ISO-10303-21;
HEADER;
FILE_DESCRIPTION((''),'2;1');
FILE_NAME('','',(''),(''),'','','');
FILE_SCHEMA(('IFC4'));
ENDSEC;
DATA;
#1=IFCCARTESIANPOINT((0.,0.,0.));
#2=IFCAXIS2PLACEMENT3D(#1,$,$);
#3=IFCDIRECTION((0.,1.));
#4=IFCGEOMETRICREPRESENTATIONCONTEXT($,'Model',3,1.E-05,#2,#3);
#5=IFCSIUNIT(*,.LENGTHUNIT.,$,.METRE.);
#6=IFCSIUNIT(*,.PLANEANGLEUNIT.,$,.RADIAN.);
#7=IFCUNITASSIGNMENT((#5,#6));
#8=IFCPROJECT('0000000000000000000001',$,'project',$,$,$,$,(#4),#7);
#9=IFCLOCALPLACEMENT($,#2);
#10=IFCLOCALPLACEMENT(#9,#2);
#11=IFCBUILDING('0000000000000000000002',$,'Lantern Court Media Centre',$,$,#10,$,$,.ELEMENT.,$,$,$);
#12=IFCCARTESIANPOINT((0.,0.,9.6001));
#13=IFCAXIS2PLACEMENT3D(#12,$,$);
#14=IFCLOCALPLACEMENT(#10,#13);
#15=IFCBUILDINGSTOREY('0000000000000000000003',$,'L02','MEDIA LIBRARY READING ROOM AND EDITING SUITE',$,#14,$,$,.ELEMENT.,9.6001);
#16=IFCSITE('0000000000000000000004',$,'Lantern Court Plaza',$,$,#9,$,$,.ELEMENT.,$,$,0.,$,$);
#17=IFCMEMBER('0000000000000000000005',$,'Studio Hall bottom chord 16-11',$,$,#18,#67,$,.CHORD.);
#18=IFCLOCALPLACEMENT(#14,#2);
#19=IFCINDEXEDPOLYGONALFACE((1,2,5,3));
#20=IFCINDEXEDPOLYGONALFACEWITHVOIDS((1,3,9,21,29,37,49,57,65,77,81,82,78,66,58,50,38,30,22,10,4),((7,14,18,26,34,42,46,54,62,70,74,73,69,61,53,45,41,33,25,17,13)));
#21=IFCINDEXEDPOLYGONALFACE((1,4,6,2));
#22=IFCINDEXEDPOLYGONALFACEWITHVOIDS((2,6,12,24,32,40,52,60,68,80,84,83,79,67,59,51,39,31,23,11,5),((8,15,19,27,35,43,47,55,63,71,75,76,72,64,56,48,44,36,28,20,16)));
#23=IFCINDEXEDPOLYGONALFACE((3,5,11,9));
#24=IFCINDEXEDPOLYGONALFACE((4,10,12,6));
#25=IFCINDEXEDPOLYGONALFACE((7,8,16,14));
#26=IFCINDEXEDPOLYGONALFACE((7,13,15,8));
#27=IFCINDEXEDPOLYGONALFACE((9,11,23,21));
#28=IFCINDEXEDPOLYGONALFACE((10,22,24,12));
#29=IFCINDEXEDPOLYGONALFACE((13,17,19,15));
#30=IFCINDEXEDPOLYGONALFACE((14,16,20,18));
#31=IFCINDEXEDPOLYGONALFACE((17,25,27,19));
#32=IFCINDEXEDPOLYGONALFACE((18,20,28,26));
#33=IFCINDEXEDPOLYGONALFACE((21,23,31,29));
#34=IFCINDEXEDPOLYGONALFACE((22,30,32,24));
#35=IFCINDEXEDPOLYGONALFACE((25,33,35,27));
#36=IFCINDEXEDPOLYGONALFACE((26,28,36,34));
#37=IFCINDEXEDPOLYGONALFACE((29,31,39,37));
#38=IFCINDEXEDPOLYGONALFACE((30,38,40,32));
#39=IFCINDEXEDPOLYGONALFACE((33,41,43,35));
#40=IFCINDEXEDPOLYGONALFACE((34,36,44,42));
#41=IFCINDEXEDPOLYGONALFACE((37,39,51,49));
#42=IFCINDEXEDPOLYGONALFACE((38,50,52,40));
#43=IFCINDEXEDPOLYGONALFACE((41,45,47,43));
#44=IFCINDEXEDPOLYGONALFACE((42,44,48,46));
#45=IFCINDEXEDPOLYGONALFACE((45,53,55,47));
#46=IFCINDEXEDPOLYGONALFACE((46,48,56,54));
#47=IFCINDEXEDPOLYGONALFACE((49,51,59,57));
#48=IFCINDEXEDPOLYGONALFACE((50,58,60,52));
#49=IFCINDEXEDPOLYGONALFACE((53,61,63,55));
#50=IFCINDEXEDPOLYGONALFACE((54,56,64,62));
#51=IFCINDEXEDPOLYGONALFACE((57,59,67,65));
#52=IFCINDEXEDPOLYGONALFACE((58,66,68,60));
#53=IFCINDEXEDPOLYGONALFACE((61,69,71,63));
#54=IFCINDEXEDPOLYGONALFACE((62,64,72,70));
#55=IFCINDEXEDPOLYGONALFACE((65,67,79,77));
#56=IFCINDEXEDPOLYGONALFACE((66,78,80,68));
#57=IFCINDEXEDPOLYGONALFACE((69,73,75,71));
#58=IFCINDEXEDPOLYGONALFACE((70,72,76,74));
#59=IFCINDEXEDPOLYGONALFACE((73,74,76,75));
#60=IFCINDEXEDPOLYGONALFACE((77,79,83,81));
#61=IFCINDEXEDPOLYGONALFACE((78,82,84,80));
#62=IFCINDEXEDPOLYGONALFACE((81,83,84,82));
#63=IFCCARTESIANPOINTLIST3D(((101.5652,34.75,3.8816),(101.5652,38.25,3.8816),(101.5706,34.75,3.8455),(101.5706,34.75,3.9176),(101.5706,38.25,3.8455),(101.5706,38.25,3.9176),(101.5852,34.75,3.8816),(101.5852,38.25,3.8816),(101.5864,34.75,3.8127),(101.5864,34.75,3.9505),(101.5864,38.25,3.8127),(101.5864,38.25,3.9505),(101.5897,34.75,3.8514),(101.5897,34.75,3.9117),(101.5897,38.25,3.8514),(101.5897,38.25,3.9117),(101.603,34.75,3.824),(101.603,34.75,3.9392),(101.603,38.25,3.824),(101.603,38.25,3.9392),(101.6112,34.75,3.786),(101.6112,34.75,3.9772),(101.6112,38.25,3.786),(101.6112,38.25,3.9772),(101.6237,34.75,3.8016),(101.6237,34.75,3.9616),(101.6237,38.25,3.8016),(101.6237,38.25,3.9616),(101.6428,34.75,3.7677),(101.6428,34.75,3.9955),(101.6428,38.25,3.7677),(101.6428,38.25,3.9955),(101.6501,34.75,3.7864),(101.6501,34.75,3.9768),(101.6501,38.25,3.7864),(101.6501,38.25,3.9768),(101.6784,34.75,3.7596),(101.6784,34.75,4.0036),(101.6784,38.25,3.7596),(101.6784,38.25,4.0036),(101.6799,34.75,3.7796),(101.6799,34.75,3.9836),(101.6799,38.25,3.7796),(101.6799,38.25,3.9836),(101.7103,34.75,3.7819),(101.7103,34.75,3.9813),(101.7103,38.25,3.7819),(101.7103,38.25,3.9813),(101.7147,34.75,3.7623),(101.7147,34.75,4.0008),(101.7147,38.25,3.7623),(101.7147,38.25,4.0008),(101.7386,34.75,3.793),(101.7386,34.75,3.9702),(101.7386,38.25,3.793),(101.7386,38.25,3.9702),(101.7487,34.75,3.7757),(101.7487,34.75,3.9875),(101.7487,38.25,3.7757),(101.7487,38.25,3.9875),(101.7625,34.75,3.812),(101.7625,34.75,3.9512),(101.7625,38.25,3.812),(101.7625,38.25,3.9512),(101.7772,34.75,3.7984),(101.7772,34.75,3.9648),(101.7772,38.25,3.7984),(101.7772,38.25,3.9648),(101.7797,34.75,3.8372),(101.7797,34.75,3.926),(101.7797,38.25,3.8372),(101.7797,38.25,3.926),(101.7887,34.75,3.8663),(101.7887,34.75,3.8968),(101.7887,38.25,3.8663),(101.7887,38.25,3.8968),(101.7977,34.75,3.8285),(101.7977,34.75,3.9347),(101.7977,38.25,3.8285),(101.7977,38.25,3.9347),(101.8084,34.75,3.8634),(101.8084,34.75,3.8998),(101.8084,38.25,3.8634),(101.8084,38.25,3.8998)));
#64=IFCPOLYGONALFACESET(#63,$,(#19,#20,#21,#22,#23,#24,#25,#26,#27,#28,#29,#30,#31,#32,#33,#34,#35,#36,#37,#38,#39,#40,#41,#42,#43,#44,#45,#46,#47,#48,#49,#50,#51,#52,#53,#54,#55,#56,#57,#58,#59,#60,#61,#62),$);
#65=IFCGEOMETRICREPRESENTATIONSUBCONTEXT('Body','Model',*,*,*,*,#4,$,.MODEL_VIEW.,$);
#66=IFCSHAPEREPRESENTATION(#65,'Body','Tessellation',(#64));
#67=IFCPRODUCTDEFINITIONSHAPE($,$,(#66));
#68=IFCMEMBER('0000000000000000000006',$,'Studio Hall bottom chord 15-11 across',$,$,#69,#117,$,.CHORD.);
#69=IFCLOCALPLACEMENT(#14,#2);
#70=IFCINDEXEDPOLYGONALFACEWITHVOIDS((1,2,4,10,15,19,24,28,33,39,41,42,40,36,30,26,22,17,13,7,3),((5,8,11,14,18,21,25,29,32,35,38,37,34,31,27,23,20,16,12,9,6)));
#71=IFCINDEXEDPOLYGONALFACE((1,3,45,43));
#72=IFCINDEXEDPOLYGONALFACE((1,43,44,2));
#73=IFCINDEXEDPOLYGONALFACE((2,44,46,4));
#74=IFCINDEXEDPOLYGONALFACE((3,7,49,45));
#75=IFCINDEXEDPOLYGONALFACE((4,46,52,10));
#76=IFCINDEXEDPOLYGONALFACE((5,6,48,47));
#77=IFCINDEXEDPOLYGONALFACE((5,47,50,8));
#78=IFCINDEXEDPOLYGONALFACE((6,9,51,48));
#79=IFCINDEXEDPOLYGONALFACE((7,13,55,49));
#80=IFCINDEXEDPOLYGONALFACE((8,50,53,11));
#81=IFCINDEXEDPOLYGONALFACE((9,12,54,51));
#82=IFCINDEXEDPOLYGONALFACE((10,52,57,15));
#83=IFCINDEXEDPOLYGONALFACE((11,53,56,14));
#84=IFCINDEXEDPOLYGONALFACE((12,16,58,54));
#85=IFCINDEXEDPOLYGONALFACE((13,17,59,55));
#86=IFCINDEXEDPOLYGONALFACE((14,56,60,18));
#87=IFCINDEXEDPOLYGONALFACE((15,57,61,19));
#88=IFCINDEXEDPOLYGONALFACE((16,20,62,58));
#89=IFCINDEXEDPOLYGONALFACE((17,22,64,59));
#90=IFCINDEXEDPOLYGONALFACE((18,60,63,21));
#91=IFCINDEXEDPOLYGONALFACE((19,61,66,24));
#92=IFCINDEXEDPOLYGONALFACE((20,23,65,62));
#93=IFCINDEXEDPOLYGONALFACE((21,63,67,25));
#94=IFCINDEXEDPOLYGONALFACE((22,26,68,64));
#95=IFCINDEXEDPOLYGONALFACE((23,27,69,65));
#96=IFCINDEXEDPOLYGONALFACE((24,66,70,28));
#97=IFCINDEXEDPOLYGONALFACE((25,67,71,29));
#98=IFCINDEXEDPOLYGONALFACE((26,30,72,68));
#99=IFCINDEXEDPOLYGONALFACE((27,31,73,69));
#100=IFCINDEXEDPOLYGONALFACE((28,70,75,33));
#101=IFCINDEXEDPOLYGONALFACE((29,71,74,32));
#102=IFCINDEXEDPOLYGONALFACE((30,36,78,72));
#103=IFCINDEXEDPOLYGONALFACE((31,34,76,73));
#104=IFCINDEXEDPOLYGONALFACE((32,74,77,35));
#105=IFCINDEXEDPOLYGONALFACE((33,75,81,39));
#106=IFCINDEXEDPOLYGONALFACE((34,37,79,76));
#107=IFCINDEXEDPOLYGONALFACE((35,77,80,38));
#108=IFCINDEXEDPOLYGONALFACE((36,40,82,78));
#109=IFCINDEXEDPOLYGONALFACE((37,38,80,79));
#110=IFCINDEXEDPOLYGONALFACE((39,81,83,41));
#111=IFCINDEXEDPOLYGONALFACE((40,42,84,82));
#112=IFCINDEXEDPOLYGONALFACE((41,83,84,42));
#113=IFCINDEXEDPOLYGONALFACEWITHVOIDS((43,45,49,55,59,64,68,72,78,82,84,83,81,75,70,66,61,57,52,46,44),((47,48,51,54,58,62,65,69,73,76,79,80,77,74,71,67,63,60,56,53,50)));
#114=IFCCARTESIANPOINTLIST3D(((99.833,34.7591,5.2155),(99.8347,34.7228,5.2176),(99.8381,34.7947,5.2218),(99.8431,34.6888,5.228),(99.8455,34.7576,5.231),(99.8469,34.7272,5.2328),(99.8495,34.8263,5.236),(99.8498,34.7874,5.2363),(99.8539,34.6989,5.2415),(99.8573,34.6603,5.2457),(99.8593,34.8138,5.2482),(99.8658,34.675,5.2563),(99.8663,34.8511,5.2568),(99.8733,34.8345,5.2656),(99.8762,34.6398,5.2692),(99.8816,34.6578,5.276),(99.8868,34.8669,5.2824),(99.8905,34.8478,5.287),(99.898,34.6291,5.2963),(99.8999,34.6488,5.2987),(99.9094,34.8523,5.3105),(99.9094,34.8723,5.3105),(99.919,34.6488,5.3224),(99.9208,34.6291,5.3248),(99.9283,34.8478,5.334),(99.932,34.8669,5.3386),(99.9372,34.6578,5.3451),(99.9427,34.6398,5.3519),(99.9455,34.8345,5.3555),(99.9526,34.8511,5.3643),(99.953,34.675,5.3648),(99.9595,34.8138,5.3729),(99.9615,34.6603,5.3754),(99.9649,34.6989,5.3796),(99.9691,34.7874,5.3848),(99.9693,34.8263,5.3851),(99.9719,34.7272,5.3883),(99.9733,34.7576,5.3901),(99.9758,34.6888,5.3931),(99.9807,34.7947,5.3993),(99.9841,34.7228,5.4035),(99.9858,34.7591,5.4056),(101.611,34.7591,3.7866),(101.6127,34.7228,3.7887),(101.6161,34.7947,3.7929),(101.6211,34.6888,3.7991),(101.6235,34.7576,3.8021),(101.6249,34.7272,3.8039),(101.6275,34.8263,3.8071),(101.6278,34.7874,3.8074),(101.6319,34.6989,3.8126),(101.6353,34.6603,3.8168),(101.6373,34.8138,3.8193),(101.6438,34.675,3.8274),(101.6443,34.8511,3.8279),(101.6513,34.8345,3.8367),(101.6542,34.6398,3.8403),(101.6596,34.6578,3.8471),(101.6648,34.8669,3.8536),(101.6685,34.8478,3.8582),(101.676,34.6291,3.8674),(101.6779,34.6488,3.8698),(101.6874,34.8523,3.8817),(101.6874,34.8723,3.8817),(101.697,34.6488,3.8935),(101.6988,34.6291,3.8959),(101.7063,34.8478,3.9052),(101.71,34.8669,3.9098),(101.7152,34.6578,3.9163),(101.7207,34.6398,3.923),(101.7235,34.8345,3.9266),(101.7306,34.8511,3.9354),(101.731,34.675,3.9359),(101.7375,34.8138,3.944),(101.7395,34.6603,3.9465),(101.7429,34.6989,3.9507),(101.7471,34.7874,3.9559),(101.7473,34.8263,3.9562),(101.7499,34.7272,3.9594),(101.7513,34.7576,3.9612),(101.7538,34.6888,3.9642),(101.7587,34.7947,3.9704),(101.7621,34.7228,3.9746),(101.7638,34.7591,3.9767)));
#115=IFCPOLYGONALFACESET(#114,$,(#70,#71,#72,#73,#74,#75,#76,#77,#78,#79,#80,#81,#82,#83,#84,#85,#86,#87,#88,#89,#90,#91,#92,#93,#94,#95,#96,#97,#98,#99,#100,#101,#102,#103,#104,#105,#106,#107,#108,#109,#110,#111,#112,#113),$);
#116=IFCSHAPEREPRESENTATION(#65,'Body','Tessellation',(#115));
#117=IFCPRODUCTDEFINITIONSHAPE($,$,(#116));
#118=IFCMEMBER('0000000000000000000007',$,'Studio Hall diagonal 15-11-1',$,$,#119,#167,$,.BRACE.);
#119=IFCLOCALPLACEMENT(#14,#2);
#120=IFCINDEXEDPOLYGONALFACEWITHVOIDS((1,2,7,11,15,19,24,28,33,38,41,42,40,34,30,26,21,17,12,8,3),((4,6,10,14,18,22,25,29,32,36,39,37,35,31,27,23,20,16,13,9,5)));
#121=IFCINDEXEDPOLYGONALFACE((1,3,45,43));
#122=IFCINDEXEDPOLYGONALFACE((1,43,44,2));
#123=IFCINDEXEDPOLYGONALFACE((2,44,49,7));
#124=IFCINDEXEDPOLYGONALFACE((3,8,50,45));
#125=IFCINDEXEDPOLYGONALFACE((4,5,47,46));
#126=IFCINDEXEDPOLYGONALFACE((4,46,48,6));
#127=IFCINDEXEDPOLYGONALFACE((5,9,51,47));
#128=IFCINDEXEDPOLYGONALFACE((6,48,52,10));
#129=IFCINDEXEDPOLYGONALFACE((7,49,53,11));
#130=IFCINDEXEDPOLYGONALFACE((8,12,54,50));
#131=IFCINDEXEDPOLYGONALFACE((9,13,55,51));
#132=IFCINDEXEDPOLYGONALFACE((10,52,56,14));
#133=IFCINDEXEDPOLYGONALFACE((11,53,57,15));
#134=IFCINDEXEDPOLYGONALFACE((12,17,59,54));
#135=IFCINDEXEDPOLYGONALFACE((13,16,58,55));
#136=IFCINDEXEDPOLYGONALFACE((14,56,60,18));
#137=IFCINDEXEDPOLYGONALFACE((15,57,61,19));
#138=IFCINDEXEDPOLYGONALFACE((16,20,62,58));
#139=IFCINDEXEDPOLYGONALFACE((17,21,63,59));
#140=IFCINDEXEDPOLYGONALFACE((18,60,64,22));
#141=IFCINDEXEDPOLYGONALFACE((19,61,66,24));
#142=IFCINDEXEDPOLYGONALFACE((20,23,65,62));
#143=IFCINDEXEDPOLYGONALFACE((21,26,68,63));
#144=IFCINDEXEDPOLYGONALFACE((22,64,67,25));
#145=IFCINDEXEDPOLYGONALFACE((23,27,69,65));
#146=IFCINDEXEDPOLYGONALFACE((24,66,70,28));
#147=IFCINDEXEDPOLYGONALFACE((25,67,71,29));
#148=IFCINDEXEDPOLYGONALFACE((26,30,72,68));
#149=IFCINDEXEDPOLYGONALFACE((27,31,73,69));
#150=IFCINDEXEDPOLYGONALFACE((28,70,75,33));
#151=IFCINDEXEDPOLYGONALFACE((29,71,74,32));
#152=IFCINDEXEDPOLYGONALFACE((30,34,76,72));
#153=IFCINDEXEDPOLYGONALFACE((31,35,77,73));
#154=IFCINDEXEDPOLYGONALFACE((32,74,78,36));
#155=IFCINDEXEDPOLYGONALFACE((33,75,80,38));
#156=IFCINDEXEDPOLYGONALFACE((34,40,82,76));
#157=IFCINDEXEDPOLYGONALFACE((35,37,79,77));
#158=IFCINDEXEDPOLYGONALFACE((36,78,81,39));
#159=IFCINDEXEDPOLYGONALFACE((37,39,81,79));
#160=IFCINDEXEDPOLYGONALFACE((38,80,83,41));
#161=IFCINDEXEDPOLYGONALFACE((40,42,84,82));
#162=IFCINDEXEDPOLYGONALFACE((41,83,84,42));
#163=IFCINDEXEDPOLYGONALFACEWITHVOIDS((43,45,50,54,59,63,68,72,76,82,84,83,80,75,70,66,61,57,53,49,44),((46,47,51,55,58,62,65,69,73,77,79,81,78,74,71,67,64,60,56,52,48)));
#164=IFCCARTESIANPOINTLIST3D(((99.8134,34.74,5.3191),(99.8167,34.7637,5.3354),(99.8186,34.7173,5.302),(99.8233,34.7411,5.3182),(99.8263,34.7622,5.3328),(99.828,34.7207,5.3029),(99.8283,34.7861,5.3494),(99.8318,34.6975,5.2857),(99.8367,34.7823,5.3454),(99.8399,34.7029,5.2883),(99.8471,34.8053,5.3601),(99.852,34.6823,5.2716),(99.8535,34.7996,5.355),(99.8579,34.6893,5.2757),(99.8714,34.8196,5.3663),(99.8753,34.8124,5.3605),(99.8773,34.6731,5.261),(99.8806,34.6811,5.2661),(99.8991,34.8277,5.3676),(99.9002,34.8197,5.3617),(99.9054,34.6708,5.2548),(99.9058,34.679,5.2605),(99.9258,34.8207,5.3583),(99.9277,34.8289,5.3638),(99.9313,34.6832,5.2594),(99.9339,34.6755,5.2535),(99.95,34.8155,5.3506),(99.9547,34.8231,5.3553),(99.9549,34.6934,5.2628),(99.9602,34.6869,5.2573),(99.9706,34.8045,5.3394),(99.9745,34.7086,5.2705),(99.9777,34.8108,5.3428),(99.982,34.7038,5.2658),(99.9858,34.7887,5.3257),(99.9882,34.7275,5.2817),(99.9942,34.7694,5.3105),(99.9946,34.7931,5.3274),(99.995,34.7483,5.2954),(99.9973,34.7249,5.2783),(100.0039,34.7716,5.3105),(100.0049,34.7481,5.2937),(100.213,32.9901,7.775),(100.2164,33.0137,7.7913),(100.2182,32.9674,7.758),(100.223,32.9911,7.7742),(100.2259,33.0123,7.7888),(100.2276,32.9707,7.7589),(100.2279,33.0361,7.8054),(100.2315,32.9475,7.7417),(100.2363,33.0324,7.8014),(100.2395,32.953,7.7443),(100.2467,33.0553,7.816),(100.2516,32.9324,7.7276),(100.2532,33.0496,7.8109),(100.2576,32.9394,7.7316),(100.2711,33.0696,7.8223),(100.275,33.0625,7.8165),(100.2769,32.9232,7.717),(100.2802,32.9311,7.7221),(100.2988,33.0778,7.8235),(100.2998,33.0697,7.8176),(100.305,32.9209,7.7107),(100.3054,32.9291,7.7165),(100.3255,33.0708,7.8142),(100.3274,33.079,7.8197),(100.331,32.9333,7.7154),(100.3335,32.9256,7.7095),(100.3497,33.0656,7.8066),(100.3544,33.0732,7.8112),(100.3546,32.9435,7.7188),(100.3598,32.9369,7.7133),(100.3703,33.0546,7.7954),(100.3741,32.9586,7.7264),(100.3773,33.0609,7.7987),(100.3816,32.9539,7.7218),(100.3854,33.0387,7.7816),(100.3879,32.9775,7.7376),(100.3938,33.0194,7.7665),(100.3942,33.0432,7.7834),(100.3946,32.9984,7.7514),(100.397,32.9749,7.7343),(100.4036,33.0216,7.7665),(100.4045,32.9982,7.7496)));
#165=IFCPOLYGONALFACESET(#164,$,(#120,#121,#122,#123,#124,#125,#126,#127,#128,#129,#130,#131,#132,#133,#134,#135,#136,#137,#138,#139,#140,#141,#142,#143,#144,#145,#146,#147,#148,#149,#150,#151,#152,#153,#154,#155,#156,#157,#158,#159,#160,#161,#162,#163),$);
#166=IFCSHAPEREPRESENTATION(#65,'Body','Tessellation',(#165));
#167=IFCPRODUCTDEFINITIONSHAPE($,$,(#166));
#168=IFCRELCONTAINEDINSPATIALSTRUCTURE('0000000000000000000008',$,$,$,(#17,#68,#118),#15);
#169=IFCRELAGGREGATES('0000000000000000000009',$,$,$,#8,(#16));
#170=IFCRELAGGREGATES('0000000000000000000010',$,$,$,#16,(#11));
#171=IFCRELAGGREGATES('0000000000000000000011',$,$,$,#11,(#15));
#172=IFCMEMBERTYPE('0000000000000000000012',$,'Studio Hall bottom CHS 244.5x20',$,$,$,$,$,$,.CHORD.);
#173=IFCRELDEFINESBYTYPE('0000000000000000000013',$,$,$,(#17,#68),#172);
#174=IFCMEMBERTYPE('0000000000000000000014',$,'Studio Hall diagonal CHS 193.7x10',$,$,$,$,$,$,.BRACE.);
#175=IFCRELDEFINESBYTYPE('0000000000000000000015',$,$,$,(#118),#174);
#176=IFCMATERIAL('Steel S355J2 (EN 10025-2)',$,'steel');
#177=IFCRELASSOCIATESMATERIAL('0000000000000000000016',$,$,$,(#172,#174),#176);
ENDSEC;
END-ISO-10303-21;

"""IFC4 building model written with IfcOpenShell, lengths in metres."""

from ifc_helpers import new_model, si_unit, direction, frame, origin, origin_2d, place, context, subcontext, project, spatial, hollow_circle, extrude, material, material_profile, profile_set, type_object, element, save


model = new_model("IFC4")

# Units and contexts
model_context = context("Model", 3, precision=1e-05, world=origin(), true_north=direction((0.0, 1.0)))
body_context = subcontext(model_context, "Body", "Model", "MODEL_VIEW")
ifc_project = project(units=[si_unit("LENGTHUNIT", "METRE"), si_unit("PLANEANGLEUNIT", "RADIAN")], contexts=[model_context])

# Site, building, storey
site_placement = place(None, origin())
site = spatial("IfcSite", under=ifc_project, at=site_placement, Name="Lantern Court Plaza", CompositionType="ELEMENT", RefElevation=0.0)
building_placement = place(site_placement, origin())
building = spatial("IfcBuilding", under=site, at=building_placement, Name="Lantern Court Media Centre", CompositionType="ELEMENT")
storey_placement = place(building_placement, frame((0.0, 0.0, 9.6001)))
storey = spatial("IfcBuildingStorey", under=building, at=storey_placement, Name="L02", Description="MEDIA LIBRARY READING ROOM AND EDITING SUITE", CompositionType="ELEMENT", Elevation=9.6001)

# Members
ifc_material_1 = material(Name="Steel S355J2 (EN 10025-2)", Category="steel")
ifc_material_profile_1 = material_profile(ifc_material_1, hollow_circle(Radius=0.1223, WallThickness=0.02, at=origin_2d()), Name="Studio Hall bottom CHS 244.5x20")
ifc_profile_set_1 = profile_set([ifc_material_profile_1], Name="Steel S355J2 (EN 10025-2)")
member_type_1 = type_object("IfcMemberType", Name="Studio Hall bottom CHS 244.5x20", PredefinedType="CHORD", material=ifc_profile_set_1)
member_1_placement = place(storey_placement, frame((101.6875, 34.75, 3.8816), z_axis=(0.0, 1.0, 0.0), x_axis=(-1.0, 0.0, 0.0)))
element("IfcMember", 1, at=member_1_placement, inside=storey, type_object=member_type_1, Name="Studio Hall bottom chord 16-11", PredefinedType="CHORD", context=body_context, shape_type="SweptSolid", body=[
    extrude(hollow_circle(Radius=0.1223, WallThickness=0.02, at=origin_2d()), origin(), (0.0, 0.0, 1.0), 3.5),
])
member_2_placement = place(storey_placement, frame((99.9094, 34.75, 5.3105), z_axis=(0.779478, 0.0, -0.626429), x_axis=(0.0, 1.0, 0.0)))
element("IfcMember", 2, at=member_2_placement, inside=storey, type_object=member_type_1, Name="Studio Hall bottom chord 15-11 across", PredefinedType="CHORD", context=body_context, shape_type="SweptSolid", body=[
    extrude(hollow_circle(Radius=0.1223, WallThickness=0.02, at=origin_2d()), origin(), (0.0, 0.0, 1.0), 2.281),
])
ifc_material_profile_2 = material_profile(ifc_material_1, hollow_circle(Radius=0.0969, WallThickness=0.01, at=origin_2d()), Name="Studio Hall diagonal CHS 193.7x10")
ifc_profile_set_2 = profile_set([ifc_material_profile_2], Name="Steel S355J2 (EN 10025-2)")
member_type_2 = type_object("IfcMemberType", Name="Studio Hall diagonal CHS 193.7x10", PredefinedType="BRACE", material=ifc_profile_set_2)
for number, where, z_axis, x_axis, name in (
    (3, (99.9094, 34.75, 5.3105), (0.131375, -0.575259, 0.807352), (0.9749, 0.222644, 0.0), "Studio Hall diagonal 15-11-1"),
):
    element("IfcMember", number, at=place(storey_placement, frame(where, z_axis=z_axis, x_axis=x_axis)), inside=storey, type_object=member_type_2, Name=name, PredefinedType="BRACE", context=body_context, shape_type="SweptSolid", body=[
        extrude(hollow_circle(Radius=0.0969, WallThickness=0.01, at=origin_2d()), origin(), (0.0, 0.0, 1.0), 3.042),
    ])

save(model, "model.ifc")
